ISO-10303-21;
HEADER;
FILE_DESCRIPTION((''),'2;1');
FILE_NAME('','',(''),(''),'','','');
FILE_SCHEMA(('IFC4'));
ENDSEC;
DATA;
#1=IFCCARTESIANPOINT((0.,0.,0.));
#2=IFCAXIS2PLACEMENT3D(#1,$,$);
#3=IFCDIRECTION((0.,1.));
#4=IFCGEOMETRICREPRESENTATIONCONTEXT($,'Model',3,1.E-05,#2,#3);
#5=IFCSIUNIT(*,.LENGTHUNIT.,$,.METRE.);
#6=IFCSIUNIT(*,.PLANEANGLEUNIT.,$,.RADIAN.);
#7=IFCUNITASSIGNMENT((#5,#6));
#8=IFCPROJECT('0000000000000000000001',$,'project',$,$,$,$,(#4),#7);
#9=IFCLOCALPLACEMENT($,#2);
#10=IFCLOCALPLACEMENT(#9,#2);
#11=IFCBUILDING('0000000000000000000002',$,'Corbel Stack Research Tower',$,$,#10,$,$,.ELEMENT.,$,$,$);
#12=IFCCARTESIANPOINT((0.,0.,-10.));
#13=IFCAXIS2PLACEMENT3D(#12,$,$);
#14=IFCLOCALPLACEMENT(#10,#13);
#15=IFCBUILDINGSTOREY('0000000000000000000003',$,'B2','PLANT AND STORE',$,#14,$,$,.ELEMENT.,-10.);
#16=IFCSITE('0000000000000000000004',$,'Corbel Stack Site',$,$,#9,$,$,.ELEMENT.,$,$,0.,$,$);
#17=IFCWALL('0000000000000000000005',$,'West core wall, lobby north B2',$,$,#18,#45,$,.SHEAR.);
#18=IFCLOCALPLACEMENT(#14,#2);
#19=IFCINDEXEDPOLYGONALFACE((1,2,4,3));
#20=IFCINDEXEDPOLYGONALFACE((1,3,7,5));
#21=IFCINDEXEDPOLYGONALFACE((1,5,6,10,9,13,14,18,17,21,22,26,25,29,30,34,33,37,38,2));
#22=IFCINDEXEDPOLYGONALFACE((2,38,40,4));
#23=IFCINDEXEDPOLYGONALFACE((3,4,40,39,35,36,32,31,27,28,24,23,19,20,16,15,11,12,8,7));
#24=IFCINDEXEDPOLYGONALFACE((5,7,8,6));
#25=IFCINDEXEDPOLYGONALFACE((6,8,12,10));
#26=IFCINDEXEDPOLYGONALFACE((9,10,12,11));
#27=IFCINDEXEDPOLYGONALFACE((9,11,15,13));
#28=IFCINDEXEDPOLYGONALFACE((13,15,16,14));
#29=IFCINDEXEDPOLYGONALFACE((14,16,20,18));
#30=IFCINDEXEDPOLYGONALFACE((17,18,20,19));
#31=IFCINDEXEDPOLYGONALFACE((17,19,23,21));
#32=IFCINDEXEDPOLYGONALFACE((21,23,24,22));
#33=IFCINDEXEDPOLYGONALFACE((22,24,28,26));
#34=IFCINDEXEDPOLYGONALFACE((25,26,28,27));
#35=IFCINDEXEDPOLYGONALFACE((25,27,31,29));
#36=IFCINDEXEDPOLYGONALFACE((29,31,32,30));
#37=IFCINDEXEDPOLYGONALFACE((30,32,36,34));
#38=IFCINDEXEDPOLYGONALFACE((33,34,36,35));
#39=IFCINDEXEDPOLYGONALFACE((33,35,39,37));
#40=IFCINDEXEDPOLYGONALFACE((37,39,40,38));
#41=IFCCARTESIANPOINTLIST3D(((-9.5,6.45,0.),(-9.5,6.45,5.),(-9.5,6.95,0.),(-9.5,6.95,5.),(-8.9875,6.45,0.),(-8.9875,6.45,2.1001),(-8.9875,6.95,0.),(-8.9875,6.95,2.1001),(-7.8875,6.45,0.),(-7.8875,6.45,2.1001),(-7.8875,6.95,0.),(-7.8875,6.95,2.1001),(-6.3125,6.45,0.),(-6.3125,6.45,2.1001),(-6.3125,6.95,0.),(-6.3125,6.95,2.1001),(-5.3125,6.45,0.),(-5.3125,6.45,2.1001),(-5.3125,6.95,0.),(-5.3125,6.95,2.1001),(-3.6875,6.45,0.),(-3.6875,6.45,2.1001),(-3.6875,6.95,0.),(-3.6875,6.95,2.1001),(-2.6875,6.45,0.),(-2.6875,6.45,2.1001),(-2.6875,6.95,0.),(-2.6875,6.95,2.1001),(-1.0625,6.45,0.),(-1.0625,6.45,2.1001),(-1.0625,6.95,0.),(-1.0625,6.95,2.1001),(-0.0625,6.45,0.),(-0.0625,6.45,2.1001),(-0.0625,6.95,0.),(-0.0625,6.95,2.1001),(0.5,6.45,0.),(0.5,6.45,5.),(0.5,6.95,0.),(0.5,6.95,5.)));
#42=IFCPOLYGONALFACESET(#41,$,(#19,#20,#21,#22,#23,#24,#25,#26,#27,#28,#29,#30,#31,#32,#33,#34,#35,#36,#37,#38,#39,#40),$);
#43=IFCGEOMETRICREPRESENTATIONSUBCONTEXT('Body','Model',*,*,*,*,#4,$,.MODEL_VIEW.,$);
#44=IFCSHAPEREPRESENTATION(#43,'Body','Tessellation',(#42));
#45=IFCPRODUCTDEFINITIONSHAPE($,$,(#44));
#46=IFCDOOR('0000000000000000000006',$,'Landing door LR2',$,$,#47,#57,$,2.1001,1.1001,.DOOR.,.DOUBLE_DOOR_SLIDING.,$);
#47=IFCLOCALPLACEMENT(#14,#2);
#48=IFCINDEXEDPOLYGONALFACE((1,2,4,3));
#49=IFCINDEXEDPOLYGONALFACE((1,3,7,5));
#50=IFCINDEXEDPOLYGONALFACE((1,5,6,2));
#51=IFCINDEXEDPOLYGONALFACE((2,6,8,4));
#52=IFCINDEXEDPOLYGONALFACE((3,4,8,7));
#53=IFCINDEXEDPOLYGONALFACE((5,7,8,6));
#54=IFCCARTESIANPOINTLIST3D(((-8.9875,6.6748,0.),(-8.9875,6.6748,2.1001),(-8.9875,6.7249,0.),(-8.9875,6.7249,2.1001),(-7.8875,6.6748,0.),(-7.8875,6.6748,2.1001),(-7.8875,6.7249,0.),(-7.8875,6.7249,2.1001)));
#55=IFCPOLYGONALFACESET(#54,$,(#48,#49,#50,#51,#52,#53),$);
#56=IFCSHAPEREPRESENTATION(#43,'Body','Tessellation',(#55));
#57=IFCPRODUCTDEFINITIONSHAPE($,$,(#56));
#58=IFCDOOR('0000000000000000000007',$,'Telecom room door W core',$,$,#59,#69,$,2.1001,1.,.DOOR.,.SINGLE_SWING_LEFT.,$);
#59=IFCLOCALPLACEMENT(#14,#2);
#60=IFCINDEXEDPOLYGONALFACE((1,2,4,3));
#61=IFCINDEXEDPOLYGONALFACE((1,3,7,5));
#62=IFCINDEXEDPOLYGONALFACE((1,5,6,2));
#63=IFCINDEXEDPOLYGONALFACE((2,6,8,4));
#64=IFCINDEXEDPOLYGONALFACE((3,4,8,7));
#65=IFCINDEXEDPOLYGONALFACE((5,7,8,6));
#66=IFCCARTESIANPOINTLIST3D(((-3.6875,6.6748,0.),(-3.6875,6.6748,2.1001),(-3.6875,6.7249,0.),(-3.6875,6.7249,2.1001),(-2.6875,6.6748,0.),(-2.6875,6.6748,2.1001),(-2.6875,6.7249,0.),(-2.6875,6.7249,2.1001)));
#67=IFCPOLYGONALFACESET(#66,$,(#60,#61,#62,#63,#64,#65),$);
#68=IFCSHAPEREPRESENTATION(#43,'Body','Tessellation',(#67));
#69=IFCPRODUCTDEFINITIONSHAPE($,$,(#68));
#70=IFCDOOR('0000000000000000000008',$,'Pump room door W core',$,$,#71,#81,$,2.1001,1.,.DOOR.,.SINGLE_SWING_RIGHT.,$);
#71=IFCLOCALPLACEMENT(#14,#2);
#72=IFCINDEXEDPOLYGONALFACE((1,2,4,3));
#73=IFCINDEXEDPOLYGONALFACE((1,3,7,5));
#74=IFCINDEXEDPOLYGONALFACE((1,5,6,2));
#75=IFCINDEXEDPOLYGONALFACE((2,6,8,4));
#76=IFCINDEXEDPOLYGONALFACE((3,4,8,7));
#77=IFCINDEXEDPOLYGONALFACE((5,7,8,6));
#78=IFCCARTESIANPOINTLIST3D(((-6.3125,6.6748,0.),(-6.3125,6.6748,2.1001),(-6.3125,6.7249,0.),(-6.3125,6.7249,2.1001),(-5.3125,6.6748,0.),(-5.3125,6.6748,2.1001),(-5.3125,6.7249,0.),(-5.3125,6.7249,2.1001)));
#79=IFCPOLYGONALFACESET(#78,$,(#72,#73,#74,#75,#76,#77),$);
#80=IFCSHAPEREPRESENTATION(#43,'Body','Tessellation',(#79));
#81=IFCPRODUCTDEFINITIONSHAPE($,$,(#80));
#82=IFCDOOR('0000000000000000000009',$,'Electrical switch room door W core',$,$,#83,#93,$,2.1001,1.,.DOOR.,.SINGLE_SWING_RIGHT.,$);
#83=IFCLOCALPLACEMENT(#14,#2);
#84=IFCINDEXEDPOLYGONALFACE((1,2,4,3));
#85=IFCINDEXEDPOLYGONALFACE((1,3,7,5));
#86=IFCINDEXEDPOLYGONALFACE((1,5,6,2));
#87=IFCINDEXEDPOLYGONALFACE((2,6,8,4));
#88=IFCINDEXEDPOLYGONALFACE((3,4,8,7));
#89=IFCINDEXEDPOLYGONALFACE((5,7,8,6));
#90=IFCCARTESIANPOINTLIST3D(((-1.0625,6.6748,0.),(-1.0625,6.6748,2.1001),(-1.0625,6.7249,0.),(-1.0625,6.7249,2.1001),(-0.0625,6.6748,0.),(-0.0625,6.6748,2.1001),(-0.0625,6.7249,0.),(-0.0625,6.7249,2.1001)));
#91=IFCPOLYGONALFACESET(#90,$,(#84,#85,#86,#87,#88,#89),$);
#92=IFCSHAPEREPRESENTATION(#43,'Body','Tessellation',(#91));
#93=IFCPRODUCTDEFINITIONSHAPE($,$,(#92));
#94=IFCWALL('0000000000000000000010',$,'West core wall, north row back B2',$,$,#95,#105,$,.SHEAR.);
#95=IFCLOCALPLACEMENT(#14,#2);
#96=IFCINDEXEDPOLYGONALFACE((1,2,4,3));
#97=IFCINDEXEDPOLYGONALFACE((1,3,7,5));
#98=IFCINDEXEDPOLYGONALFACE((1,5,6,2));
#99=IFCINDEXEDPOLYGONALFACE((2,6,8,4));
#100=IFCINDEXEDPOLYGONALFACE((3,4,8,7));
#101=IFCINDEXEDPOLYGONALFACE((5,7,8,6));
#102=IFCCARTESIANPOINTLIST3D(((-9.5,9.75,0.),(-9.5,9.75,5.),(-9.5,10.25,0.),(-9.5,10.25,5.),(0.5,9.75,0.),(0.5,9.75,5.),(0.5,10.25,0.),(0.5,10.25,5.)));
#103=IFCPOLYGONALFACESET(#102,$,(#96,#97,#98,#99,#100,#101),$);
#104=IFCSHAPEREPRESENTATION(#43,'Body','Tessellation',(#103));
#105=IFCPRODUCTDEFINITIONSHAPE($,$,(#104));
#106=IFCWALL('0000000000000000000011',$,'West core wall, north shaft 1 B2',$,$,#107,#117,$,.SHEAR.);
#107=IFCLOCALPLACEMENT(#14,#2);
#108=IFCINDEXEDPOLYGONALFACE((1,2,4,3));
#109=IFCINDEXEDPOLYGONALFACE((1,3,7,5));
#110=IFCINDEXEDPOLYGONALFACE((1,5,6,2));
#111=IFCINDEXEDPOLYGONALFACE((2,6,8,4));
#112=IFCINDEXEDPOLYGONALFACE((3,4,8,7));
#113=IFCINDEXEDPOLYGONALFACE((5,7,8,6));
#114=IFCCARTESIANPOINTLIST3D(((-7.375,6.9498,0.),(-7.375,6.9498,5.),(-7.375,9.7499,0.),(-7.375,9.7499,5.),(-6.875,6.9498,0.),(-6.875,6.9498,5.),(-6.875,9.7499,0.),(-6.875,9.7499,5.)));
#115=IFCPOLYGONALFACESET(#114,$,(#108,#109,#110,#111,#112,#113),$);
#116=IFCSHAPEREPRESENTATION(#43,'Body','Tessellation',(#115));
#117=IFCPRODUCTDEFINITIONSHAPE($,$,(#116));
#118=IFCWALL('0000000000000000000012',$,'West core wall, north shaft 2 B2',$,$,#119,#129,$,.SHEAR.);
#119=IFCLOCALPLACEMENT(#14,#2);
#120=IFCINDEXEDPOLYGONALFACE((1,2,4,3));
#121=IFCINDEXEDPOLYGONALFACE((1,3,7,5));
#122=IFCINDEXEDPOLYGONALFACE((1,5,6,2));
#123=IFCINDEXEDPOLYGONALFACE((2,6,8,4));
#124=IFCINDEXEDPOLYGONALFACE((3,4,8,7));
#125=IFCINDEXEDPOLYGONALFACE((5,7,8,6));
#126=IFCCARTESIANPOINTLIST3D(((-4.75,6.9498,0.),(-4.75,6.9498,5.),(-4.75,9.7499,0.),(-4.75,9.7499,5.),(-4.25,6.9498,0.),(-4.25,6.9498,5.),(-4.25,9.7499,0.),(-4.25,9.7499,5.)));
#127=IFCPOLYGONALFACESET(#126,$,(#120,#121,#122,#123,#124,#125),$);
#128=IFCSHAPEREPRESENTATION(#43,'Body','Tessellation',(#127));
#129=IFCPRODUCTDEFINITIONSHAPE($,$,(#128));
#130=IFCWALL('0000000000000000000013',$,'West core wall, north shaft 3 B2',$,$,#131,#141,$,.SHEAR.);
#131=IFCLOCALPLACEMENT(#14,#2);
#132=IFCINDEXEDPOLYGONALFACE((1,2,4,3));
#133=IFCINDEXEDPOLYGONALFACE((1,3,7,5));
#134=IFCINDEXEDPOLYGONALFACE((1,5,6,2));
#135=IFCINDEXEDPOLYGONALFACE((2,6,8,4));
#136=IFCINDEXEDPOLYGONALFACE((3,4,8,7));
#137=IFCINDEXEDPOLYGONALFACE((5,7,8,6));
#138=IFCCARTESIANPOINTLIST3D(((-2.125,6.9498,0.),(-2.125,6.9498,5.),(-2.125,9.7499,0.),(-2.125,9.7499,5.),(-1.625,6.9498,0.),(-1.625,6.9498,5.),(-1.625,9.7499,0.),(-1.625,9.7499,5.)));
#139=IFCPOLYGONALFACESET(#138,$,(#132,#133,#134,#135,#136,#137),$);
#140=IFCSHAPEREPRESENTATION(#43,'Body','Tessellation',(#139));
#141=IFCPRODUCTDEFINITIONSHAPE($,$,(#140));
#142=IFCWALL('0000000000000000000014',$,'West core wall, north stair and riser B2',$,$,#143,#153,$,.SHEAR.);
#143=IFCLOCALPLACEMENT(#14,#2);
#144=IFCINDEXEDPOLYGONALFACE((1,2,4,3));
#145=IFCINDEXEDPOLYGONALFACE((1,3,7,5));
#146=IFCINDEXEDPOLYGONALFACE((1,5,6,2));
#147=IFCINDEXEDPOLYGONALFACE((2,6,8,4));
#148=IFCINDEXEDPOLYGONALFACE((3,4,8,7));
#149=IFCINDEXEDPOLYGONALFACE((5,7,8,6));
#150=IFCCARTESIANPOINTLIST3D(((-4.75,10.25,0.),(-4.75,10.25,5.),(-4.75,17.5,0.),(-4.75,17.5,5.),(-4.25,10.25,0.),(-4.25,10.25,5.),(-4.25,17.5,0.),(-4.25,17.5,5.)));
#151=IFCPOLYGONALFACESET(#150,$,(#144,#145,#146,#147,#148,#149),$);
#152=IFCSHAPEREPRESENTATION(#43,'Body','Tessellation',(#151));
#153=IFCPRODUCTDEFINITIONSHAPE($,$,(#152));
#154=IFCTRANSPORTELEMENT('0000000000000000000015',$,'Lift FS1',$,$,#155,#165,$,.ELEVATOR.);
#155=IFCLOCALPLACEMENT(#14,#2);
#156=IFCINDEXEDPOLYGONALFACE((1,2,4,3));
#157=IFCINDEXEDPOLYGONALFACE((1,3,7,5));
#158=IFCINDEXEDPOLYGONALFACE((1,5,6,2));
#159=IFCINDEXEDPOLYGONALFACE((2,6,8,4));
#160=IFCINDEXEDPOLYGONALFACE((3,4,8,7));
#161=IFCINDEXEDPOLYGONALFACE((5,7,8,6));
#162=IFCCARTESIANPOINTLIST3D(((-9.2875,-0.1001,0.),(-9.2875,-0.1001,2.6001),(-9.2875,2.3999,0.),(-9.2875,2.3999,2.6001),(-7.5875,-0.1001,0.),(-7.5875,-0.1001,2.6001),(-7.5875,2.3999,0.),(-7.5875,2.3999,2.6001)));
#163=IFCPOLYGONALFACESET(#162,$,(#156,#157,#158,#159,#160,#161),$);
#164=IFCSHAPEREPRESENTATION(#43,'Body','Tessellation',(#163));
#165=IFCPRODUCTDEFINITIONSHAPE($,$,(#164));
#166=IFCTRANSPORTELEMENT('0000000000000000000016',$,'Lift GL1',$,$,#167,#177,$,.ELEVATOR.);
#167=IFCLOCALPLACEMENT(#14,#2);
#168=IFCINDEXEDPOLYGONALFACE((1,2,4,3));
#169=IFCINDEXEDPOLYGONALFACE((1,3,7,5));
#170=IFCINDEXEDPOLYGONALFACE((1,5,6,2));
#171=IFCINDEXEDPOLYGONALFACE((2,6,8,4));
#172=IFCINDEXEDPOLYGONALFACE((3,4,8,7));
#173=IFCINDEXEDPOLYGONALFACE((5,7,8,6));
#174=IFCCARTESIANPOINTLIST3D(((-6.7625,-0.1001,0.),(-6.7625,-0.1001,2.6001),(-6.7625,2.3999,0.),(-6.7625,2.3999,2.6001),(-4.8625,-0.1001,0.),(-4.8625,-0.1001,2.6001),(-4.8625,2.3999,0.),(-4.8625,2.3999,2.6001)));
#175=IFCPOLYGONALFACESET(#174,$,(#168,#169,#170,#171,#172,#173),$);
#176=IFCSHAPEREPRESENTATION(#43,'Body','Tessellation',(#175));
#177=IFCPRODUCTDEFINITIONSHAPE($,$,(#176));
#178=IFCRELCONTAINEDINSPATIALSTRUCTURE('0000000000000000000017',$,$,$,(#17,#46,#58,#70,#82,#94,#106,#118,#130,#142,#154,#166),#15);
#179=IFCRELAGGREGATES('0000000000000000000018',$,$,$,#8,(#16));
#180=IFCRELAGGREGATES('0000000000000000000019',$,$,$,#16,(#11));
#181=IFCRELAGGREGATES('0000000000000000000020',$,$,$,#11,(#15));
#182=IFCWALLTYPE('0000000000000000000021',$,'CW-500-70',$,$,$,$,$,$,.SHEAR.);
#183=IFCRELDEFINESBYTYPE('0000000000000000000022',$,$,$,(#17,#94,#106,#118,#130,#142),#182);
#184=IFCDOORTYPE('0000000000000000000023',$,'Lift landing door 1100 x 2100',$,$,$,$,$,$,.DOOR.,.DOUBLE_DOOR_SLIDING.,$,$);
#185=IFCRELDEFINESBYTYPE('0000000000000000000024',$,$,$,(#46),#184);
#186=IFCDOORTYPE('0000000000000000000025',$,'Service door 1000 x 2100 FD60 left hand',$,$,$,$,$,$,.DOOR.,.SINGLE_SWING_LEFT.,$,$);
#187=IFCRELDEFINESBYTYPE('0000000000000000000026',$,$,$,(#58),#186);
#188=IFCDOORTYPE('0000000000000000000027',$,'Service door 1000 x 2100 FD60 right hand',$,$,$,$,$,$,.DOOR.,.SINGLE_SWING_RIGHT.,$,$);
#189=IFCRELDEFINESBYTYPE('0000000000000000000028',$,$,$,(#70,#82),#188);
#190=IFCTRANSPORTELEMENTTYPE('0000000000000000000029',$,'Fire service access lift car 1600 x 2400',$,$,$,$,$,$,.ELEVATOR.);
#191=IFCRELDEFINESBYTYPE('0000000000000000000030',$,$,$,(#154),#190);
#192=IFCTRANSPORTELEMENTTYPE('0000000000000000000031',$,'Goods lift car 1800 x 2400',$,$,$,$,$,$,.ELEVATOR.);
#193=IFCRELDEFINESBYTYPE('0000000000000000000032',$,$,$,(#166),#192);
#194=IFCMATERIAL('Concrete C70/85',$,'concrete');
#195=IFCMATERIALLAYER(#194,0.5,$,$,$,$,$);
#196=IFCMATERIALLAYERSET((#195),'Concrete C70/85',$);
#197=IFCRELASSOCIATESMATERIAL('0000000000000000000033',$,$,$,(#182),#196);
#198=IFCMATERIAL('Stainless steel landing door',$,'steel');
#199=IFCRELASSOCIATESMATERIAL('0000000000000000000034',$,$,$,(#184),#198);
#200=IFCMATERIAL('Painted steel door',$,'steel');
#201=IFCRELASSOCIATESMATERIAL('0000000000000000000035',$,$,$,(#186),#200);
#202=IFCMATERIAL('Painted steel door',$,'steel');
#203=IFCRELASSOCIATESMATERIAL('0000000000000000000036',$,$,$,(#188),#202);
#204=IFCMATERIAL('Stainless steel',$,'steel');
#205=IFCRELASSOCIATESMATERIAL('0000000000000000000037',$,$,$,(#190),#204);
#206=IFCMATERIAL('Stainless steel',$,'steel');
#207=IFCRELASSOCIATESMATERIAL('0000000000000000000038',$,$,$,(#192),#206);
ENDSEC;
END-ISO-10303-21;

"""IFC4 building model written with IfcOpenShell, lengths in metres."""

from ifc_helpers import new_model, si_unit, direction, frame, frame_2d, origin, origin_2d, place, context, subcontext, project, spatial, rectangle, extrude, material, layer, layer_set, type_object, element, fill, save


model = new_model("IFC4")

# Units and contexts
model_context = context("Model", 3, precision=1e-05, world=origin(), true_north=direction((0.0, 1.0)))
body_context = subcontext(model_context, "Body", "Model", "MODEL_VIEW")
ifc_project = project(units=[si_unit("LENGTHUNIT", "METRE"), si_unit("PLANEANGLEUNIT", "RADIAN")], contexts=[model_context])

# Site, building, storey
site_placement = place(None, origin())
site = spatial("IfcSite", under=ifc_project, at=site_placement, Name="Corbel Stack Site", CompositionType="ELEMENT", RefElevation=0.0)
building_placement = place(site_placement, origin())
building = spatial("IfcBuilding", under=site, at=building_placement, Name="Corbel Stack Research Tower", CompositionType="ELEMENT")
storey_placement = place(building_placement, frame((0.0, 0.0, -10.0)))
storey = spatial("IfcBuildingStorey", under=building, at=storey_placement, Name="B2", Description="PLANT AND STORE", CompositionType="ELEMENT", Elevation=-10.0)

# Wall, openings, doors
ifc_material_1 = material(Name="Concrete C70/85", Category="concrete")
ifc_layer = layer(ifc_material_1, 0.5)
ifc_layer_set = layer_set([ifc_layer], Name="Concrete C70/85")
wall_type = type_object("IfcWallType", Name="CW-500-70", PredefinedType="SHEAR", material=ifc_layer_set)
ifc_material_2 = material(Name="Stainless steel landing door", Category="steel")
door_type_1 = type_object("IfcDoorType", Name="Lift landing door 1100 x 2100", OperationType="DOUBLE_DOOR_SLIDING", PredefinedType="DOOR", material=ifc_material_2)
ifc_material_3 = material(Name="Painted steel door", Category="steel")
door_type_2 = type_object("IfcDoorType", Name="Service door 1000 x 2100 FD60 left hand", OperationType="SINGLE_SWING_LEFT", PredefinedType="DOOR", material=ifc_material_3)
wall_1_placement = place(storey_placement, frame((-9.5, 6.7, 0.0), z_axis=(0.0, 0.0, 1.0), x_axis=(1.0, 0.0, 0.0)))
wall_1 = element("IfcWall", 1, at=wall_1_placement, inside=storey, type_object=wall_type, Name="West core wall, lobby north B2", PredefinedType="SHEAR", context=body_context, shape_type="SweptSolid", body=[
    extrude(rectangle(XDim=10.0, YDim=0.5, at=frame_2d((5.0, 0.0))), origin(), (0.0, 0.0, 1.0), 5.0),
])
opening_1_placement = place(wall_1_placement, frame((0.5125, 0.0, 0.0)))
opening_1 = element("IfcOpeningElement", 2, at=opening_1_placement, cuts=wall_1, PredefinedType="OPENING", context=body_context, shape_type="SweptSolid", body=[
    extrude(rectangle(XDim=1.1001, YDim=2.1001, at=frame_2d((0.55, 1.05))), frame((0.0, 0.26, 0.0), z_axis=(0.0, -1.0, 0.0), x_axis=(1.0, 0.0, 0.0)), (0.0, 0.0, 1.0), 0.52),
])
opening_2_placement = place(wall_1_placement, frame((3.1875, 0.0, 0.0)))
opening_2 = element("IfcOpeningElement", 3, at=opening_2_placement, cuts=wall_1, PredefinedType="OPENING", context=body_context, shape_type="SweptSolid", body=[
    extrude(rectangle(XDim=1.0, YDim=2.1001, at=frame_2d((0.5, 1.05))), frame((0.0, 0.26, 0.0), z_axis=(0.0, -1.0, 0.0), x_axis=(1.0, 0.0, 0.0)), (0.0, 0.0, 1.0), 0.52),
])
opening_3_placement = place(wall_1_placement, frame((5.8125, 0.0, 0.0)))
opening_3 = element("IfcOpeningElement", 4, at=opening_3_placement, cuts=wall_1, PredefinedType="OPENING", context=body_context, shape_type="SweptSolid", body=[
    extrude(rectangle(XDim=1.0, YDim=2.1001, at=frame_2d((0.5, 1.05))), frame((0.0, 0.26, 0.0), z_axis=(0.0, -1.0, 0.0), x_axis=(1.0, 0.0, 0.0)), (0.0, 0.0, 1.0), 0.52),
])
opening_4_placement = place(wall_1_placement, frame((8.4375, 0.0, 0.0)))
opening_4 = element("IfcOpeningElement", 5, at=opening_4_placement, cuts=wall_1, PredefinedType="OPENING", context=body_context, shape_type="SweptSolid", body=[
    extrude(rectangle(XDim=1.0, YDim=2.1001, at=frame_2d((0.5, 1.05))), frame((0.0, 0.26, 0.0), z_axis=(0.0, -1.0, 0.0), x_axis=(1.0, 0.0, 0.0)), (0.0, 0.0, 1.0), 0.52),
])
door_1_placement = place(opening_1_placement, origin())
door_1 = element("IfcDoor", 6, at=door_1_placement, inside=storey, type_object=door_type_1, Name="Landing door LR2", OperationType="DOUBLE_DOOR_SLIDING", OverallHeight=2.1001, OverallWidth=1.1001, PredefinedType="DOOR", context=body_context, shape_type="SweptSolid", body=[
    extrude(rectangle(XDim=1.1001, YDim=2.1001, at=frame_2d((0.55, 1.05))), frame((0.0, 0.0249, 0.0), z_axis=(0.0, -1.0, 0.0), x_axis=(1.0, 0.0, 0.0)), (0.0, 0.0, 1.0), 0.05),
])
fill(opening_1, door_1)
door_2_placement = place(opening_3_placement, origin())
door_2 = element("IfcDoor", 7, at=door_2_placement, inside=storey, type_object=door_type_2, Name="Telecom room door W core", OperationType="SINGLE_SWING_LEFT", OverallHeight=2.1001, OverallWidth=1.0, PredefinedType="DOOR", context=body_context, shape_type="SweptSolid", body=[
    extrude(rectangle(XDim=1.0, YDim=2.1001, at=frame_2d((0.5, 1.05))), frame((0.0, 0.0249, 0.0), z_axis=(0.0, -1.0, 0.0), x_axis=(1.0, 0.0, 0.0)), (0.0, 0.0, 1.0), 0.05),
])
fill(opening_3, door_2)
ifc_material_4 = material(Name="Painted steel door", Category="steel")
door_type_3 = type_object("IfcDoorType", Name="Service door 1000 x 2100 FD60 right hand", OperationType="SINGLE_SWING_RIGHT", PredefinedType="DOOR", material=ifc_material_4)
door_3_placement = place(opening_2_placement, origin())
door_3 = element("IfcDoor", 8, at=door_3_placement, inside=storey, type_object=door_type_3, Name="Pump room door W core", OperationType="SINGLE_SWING_RIGHT", OverallHeight=2.1001, OverallWidth=1.0, PredefinedType="DOOR", context=body_context, shape_type="SweptSolid", body=[
    extrude(rectangle(XDim=1.0, YDim=2.1001, at=frame_2d((0.5, 1.05))), frame((0.0, 0.0249, 0.0), z_axis=(0.0, -1.0, 0.0), x_axis=(1.0, 0.0, 0.0)), (0.0, 0.0, 1.0), 0.05),
])
fill(opening_2, door_3)
door_4_placement = place(opening_4_placement, origin())
door_4 = element("IfcDoor", 9, at=door_4_placement, inside=storey, type_object=door_type_3, Name="Electrical switch room door W core", OperationType="SINGLE_SWING_RIGHT", OverallHeight=2.1001, OverallWidth=1.0, PredefinedType="DOOR", context=body_context, shape_type="SweptSolid", body=[
    extrude(rectangle(XDim=1.0, YDim=2.1001, at=frame_2d((0.5, 1.05))), frame((0.0, 0.0249, 0.0), z_axis=(0.0, -1.0, 0.0), x_axis=(1.0, 0.0, 0.0)), (0.0, 0.0, 1.0), 0.05),
])
fill(opening_4, door_4)

# Walls
wall_2_placement = place(storey_placement, frame((-9.5, 10.0, 0.0), z_axis=(0.0, 0.0, 1.0), x_axis=(1.0, 0.0, 0.0)))
element("IfcWall", 10, at=wall_2_placement, inside=storey, type_object=wall_type, Name="West core wall, north row back B2", PredefinedType="SHEAR", context=body_context, shape_type="SweptSolid", body=[
    extrude(rectangle(XDim=10.0, YDim=0.5, at=frame_2d((5.0, 0.0))), origin(), (0.0, 0.0, 1.0), 5.0),
])
for number, where, z_axis, x_axis, name in (
    (11, (-7.125, 6.95, 0.0), (0.0, 0.0, 1.0), (0.0, 1.0, 0.0), "West core wall, north shaft 1 B2"),
    (12, (-4.5, 6.95, 0.0), (0.0, 0.0, 1.0), (0.0, 1.0, 0.0), "West core wall, north shaft 2 B2"),
    (13, (-1.875, 6.95, 0.0), (0.0, 0.0, 1.0), (0.0, 1.0, 0.0), "West core wall, north shaft 3 B2"),
):
    element("IfcWall", number, at=place(storey_placement, frame(where, z_axis=z_axis, x_axis=x_axis)), inside=storey, type_object=wall_type, Name=name, PredefinedType="SHEAR", context=body_context, shape_type="SweptSolid", body=[
        extrude(rectangle(XDim=2.8, YDim=0.5, at=frame_2d((1.3999, 0.0))), origin(), (0.0, 0.0, 1.0), 5.0),
    ])
wall_3_placement = place(storey_placement, frame((-4.5, 10.25, 0.0), z_axis=(0.0, 0.0, 1.0), x_axis=(0.0, 1.0, 0.0)))
element("IfcWall", 14, at=wall_3_placement, inside=storey, type_object=wall_type, Name="West core wall, north stair and riser B2", PredefinedType="SHEAR", context=body_context, shape_type="SweptSolid", body=[
    extrude(rectangle(XDim=7.25, YDim=0.5, at=frame_2d((3.625, 0.0))), origin(), (0.0, 0.0, 1.0), 5.0),
])

# Transport elements
ifc_material_5 = material(Name="Stainless steel", Category="steel")
transport_element_type_1 = type_object("IfcTransportElementType", Name="Fire service access lift car 1600 x 2400", PredefinedType="ELEVATOR", material=ifc_material_5)
transport_element_1_placement = place(storey_placement, frame((-8.4375, 1.1499, 0.0), z_axis=(0.0, 0.0, 1.0), x_axis=(1.0, 0.0, 0.0)))
element("IfcTransportElement", 15, at=transport_element_1_placement, inside=storey, type_object=transport_element_type_1, Name="Lift FS1", PredefinedType="ELEVATOR", context=body_context, shape_type="SweptSolid", body=[
    extrude(rectangle(XDim=1.7, YDim=2.5, at=origin_2d()), origin(), (0.0, 0.0, 1.0), 2.6001),
])
ifc_material_6 = material(Name="Stainless steel", Category="steel")
transport_element_type_2 = type_object("IfcTransportElementType", Name="Goods lift car 1800 x 2400", PredefinedType="ELEVATOR", material=ifc_material_6)
transport_element_2_placement = place(storey_placement, frame((-5.8125, 1.1499, 0.0), z_axis=(0.0, 0.0, 1.0), x_axis=(1.0, 0.0, 0.0)))
element("IfcTransportElement", 16, at=transport_element_2_placement, inside=storey, type_object=transport_element_type_2, Name="Lift GL1", PredefinedType="ELEVATOR", context=body_context, shape_type="SweptSolid", body=[
    extrude(rectangle(XDim=1.8999, YDim=2.5, at=origin_2d()), origin(), (0.0, 0.0, 1.0), 2.6001),
])

save(model, "model.ifc")
